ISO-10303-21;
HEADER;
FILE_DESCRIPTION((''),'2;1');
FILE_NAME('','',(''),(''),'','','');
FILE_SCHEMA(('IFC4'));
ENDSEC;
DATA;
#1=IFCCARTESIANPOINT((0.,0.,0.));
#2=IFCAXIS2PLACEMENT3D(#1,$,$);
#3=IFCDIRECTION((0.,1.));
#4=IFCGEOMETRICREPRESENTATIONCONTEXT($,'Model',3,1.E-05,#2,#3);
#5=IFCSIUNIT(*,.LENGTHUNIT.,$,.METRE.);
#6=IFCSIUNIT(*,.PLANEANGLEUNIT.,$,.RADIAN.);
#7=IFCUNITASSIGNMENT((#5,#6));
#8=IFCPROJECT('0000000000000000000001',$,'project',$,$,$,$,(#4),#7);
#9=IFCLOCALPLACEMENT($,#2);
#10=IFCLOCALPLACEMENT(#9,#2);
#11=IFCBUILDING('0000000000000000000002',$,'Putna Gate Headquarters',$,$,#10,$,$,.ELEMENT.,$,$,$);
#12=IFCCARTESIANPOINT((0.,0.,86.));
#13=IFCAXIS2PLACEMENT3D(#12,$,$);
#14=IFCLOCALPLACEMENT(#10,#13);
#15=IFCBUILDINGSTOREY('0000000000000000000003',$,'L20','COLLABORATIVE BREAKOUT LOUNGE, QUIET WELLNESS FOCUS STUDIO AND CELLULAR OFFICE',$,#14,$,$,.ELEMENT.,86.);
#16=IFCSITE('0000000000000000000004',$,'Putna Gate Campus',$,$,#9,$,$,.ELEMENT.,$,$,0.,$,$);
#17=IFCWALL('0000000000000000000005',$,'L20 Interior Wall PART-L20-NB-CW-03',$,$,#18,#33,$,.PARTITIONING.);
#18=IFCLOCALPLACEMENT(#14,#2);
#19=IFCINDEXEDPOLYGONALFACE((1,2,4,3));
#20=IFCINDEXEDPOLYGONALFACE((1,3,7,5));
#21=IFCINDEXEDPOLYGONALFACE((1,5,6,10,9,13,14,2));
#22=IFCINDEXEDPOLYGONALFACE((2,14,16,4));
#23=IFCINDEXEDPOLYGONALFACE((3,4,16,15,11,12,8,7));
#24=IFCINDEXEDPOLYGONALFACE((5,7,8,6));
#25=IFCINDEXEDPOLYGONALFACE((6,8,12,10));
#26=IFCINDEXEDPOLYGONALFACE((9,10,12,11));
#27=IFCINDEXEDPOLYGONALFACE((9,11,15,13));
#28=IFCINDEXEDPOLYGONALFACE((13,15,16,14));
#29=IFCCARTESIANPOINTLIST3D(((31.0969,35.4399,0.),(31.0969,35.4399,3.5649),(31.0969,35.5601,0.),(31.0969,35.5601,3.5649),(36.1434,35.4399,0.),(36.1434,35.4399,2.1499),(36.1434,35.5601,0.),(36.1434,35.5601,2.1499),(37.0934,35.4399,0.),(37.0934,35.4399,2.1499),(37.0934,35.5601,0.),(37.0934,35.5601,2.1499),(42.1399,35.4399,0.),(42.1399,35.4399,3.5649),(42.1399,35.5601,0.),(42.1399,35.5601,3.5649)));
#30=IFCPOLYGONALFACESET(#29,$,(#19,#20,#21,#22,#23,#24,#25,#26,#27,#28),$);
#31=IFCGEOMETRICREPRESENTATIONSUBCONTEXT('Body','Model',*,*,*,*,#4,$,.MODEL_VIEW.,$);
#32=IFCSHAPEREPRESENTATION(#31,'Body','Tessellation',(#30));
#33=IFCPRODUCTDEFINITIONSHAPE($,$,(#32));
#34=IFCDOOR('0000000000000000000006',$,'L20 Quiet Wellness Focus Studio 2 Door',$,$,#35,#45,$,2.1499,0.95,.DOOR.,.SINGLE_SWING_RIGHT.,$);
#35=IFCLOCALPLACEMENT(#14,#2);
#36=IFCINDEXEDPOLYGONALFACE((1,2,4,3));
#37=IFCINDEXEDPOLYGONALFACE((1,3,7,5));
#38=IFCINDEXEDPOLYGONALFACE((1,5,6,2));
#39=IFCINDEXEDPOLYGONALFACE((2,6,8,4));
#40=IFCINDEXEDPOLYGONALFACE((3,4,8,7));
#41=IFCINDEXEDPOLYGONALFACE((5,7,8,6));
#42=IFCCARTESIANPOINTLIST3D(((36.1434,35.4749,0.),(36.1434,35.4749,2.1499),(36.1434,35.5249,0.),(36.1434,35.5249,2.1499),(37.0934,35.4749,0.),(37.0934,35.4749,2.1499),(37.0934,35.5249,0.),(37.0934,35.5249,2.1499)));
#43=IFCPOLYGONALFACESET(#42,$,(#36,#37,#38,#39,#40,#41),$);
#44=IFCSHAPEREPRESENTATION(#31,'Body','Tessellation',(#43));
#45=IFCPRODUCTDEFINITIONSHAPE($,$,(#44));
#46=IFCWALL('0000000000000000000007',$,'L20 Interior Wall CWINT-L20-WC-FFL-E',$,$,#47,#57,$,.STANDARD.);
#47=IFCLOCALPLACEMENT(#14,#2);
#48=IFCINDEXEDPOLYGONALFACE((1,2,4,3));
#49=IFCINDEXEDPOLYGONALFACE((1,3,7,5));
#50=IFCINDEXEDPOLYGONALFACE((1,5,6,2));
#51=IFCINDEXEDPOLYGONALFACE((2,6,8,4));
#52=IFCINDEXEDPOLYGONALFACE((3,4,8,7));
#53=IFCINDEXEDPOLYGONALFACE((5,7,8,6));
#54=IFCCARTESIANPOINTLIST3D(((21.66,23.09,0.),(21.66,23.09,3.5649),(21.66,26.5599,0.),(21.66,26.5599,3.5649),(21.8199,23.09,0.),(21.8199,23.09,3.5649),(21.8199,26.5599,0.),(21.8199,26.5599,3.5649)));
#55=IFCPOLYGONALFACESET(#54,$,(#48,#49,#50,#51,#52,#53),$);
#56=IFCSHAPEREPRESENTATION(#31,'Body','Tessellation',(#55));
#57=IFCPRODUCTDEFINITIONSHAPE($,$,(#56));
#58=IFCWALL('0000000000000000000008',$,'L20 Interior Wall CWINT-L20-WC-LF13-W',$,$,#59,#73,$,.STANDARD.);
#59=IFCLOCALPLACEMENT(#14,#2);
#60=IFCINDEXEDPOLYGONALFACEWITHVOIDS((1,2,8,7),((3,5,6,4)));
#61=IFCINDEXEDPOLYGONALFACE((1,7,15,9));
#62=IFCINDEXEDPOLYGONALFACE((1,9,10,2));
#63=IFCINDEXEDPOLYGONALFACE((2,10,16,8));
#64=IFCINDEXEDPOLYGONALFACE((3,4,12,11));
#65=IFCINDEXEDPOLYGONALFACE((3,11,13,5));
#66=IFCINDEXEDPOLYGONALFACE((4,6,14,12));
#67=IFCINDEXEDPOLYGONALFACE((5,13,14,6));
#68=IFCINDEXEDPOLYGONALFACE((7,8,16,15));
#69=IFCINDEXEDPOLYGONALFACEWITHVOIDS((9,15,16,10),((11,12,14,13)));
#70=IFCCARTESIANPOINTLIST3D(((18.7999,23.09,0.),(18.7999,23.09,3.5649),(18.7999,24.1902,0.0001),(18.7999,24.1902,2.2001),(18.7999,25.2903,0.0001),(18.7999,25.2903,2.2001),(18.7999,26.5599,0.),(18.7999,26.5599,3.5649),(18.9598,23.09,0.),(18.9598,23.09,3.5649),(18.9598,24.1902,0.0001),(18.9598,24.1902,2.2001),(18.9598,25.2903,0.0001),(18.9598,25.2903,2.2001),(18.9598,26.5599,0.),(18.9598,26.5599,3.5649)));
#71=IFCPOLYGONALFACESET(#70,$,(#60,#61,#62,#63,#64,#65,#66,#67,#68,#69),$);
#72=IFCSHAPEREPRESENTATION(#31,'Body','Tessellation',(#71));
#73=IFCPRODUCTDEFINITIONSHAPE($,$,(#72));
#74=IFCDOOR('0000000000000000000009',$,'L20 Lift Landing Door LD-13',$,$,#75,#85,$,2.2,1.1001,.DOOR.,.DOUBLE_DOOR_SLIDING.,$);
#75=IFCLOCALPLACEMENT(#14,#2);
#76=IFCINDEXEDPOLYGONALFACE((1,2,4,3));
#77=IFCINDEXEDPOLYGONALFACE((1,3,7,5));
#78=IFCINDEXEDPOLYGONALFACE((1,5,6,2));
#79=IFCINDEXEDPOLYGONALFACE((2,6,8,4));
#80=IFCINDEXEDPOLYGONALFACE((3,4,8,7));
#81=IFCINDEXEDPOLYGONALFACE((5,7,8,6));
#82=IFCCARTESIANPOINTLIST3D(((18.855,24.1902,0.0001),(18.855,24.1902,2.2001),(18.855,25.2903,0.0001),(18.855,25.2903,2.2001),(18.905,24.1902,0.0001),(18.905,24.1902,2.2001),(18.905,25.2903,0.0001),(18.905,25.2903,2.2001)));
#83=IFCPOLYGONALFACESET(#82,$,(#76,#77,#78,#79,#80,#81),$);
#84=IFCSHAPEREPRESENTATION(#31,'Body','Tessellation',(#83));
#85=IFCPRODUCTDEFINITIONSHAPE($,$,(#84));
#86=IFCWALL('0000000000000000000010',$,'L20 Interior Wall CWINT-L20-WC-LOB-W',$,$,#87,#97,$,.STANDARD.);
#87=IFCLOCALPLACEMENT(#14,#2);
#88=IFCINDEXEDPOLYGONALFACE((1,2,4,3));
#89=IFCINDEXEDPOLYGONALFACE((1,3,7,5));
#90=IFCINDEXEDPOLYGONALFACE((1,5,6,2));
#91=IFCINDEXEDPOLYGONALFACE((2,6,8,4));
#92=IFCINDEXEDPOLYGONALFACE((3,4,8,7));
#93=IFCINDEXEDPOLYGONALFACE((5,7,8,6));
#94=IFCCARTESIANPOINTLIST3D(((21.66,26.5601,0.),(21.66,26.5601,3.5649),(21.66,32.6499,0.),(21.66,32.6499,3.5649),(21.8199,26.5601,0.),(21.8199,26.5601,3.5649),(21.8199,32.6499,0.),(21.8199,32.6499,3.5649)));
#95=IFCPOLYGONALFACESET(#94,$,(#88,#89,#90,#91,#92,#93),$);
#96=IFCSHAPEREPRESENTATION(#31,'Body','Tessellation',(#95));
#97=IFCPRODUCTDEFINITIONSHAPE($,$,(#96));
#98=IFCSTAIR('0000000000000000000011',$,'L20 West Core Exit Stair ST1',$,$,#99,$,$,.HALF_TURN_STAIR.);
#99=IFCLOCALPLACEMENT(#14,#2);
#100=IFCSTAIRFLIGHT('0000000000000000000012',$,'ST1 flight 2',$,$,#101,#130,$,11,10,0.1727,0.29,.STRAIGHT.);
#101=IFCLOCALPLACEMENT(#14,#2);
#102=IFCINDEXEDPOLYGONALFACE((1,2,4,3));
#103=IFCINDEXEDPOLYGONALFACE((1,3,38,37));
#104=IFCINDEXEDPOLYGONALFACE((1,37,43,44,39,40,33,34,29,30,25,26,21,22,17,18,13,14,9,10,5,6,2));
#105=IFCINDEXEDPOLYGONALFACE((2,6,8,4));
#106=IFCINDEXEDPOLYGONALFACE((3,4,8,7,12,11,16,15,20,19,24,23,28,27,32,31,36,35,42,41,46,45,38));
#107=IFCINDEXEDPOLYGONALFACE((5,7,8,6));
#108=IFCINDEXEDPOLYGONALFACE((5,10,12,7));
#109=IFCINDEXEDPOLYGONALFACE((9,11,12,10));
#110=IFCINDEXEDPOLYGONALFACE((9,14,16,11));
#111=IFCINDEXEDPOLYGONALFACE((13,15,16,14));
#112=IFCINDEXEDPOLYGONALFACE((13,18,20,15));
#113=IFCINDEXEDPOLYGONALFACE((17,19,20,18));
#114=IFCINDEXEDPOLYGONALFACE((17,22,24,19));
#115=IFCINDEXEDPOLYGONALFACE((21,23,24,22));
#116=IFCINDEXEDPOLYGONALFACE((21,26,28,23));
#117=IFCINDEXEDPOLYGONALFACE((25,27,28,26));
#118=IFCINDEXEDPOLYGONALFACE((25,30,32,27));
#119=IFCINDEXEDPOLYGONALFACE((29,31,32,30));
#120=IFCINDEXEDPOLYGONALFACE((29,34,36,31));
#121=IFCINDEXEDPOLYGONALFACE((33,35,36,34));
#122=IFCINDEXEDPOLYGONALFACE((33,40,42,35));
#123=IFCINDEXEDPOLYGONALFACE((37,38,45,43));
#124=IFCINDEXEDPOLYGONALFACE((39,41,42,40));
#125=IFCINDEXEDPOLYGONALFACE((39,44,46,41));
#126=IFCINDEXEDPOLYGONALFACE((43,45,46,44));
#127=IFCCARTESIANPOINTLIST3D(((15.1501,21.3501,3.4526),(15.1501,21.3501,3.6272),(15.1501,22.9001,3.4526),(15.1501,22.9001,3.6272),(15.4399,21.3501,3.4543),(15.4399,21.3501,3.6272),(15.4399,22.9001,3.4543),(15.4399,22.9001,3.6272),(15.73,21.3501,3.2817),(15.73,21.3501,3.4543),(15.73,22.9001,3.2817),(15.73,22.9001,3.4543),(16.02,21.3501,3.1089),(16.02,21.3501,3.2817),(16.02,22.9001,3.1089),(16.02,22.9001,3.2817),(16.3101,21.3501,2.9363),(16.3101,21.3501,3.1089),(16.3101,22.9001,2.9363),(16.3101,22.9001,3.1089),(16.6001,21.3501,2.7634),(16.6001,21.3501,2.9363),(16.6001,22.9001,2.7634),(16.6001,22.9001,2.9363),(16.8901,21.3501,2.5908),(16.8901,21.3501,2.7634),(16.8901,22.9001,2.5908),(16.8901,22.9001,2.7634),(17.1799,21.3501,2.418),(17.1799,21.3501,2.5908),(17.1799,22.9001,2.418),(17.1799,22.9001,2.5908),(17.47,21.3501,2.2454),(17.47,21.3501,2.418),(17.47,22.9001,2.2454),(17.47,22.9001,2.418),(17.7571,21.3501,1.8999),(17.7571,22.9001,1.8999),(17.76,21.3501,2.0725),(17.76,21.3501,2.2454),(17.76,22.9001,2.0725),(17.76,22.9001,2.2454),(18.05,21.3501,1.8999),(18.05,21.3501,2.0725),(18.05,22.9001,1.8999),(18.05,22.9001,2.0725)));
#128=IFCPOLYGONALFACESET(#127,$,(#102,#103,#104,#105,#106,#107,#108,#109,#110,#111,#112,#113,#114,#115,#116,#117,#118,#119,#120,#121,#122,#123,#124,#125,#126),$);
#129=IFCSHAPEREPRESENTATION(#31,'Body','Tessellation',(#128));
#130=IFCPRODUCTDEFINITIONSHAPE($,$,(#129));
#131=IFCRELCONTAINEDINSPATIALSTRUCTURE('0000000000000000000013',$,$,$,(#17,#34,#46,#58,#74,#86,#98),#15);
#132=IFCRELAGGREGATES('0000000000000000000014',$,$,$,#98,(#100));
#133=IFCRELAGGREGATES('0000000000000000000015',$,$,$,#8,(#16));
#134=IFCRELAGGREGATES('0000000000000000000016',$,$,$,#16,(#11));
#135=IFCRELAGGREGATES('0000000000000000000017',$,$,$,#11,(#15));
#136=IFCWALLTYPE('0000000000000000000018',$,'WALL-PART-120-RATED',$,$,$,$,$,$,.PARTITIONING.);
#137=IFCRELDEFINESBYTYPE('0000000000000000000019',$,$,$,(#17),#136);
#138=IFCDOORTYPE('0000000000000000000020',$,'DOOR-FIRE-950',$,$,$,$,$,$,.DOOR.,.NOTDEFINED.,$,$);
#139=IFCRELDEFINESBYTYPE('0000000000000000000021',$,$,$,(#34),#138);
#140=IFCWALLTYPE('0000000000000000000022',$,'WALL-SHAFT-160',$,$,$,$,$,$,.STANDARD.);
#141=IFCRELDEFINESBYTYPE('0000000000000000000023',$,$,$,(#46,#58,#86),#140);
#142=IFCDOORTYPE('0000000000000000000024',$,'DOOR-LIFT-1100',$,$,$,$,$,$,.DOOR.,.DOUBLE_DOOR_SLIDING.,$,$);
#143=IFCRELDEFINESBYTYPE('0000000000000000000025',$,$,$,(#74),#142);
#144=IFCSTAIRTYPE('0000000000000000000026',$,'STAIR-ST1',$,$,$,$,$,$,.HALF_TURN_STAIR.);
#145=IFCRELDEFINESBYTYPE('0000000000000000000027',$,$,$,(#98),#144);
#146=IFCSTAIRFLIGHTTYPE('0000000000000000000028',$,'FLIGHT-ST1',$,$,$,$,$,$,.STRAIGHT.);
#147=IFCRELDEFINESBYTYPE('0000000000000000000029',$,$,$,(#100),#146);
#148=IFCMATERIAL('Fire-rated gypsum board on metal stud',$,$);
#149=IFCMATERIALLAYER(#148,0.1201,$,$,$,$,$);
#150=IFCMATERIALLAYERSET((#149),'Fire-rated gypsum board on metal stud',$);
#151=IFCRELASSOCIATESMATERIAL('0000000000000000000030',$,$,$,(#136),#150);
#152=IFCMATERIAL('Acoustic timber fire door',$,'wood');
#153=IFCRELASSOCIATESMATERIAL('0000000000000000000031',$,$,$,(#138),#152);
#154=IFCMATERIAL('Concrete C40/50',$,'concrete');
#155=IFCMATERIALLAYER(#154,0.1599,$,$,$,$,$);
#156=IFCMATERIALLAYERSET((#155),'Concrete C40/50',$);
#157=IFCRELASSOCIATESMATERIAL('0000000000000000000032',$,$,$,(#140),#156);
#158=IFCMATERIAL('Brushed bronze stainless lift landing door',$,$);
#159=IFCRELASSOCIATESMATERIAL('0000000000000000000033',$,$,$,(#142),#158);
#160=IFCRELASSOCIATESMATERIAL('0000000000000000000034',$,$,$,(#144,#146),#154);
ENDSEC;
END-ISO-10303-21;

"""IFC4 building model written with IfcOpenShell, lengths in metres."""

from ifc_helpers import new_model, si_unit, direction, frame, frame_2d, origin, place, context, subcontext, project, spatial, polyline, rectangle, outline, extrude, material, layer, layer_set, type_object, element, fill, aggregate, save


model = new_model("IFC4")

# Units and contexts
model_context = context("Model", 3, precision=1e-05, world=origin(), true_north=direction((0.0, 1.0)))
body_context = subcontext(model_context, "Body", "Model", "MODEL_VIEW")
ifc_project = project(units=[si_unit("LENGTHUNIT", "METRE"), si_unit("PLANEANGLEUNIT", "RADIAN")], contexts=[model_context])

# Site, building, storey
site_placement = place(None, origin())
site = spatial("IfcSite", under=ifc_project, at=site_placement, Name="Putna Gate Campus", CompositionType="ELEMENT", RefElevation=0.0)
building_placement = place(site_placement, origin())
building = spatial("IfcBuilding", under=site, at=building_placement, Name="Putna Gate Headquarters", CompositionType="ELEMENT")
storey_placement = place(building_placement, frame((0.0, 0.0, 86.0)))
storey = spatial("IfcBuildingStorey", under=building, at=storey_placement, Name="L20", Description="COLLABORATIVE BREAKOUT LOUNGE, QUIET WELLNESS FOCUS STUDIO AND CELLULAR OFFICE", CompositionType="ELEMENT", Elevation=86.0)

# Shared definitions
ifc_material_1 = material(Name="Fire-rated gypsum board on metal stud")
ifc_layer_1 = layer(ifc_material_1, 0.1201)
ifc_layer_set_1 = layer_set([ifc_layer_1], Name="Fire-rated gypsum board on metal stud")
wall_type_1 = type_object("IfcWallType", Name="WALL-PART-120-RATED", PredefinedType="PARTITIONING", material=ifc_layer_set_1)

# Wall, opening, door
wall_1_placement = place(storey_placement, frame((31.0969, 35.5, 0.0), z_axis=(0.0, 0.0, 1.0), x_axis=(1.0, 0.0, 0.0)))
wall_1 = element("IfcWall", 1, at=wall_1_placement, inside=storey, type_object=wall_type_1, Name="L20 Interior Wall PART-L20-NB-CW-03", PredefinedType="PARTITIONING", context=body_context, shape_type="SweptSolid", body=[
    extrude(rectangle(XDim=11.043, YDim=0.1201, at=frame_2d((5.5215, 0.0))), origin(), (0.0, 0.0, 1.0), 3.5649),
])
opening_1_placement = place(wall_1_placement, frame((5.0464, 0.0, 0.0)))
opening_1 = element("IfcOpeningElement", 2, at=opening_1_placement, cuts=wall_1, PredefinedType="OPENING", context=body_context, shape_type="SweptSolid", body=[
    extrude(rectangle(XDim=0.95, YDim=2.1499, at=frame_2d((0.4751, 1.075))), frame((0.0, 0.0701, 0.0), z_axis=(0.0, -1.0, 0.0), x_axis=(1.0, 0.0, 0.0)), (0.0, 0.0, 1.0), 0.1401),
])
ifc_material_2 = material(Name="Acoustic timber fire door", Category="wood")
door_type_1 = type_object("IfcDoorType", Name="DOOR-FIRE-950", OperationType="NOTDEFINED", PredefinedType="DOOR", material=ifc_material_2)
door_1_placement = place(opening_1_placement, origin())
door_1 = element("IfcDoor", 3, at=door_1_placement, inside=storey, type_object=door_type_1, Name="L20 Quiet Wellness Focus Studio 2 Door", OperationType="SINGLE_SWING_RIGHT", OverallHeight=2.1499, OverallWidth=0.95, PredefinedType="DOOR", context=body_context, shape_type="SweptSolid", body=[
    extrude(rectangle(XDim=0.95, YDim=2.1499, at=frame_2d((0.4751, 1.075))), frame((0.0, 0.0249, 0.0), z_axis=(0.0, -1.0, 0.0), x_axis=(1.0, 0.0, 0.0)), (0.0, 0.0, 1.0), 0.05),
])
fill(opening_1, door_1)

# Wall
ifc_material_3 = material(Name="Concrete C40/50", Category="concrete")
ifc_layer_2 = layer(ifc_material_3, 0.1599)
ifc_layer_set_2 = layer_set([ifc_layer_2], Name="Concrete C40/50")
wall_type_2 = type_object("IfcWallType", Name="WALL-SHAFT-160", PredefinedType="STANDARD", material=ifc_layer_set_2)
wall_2_placement = place(storey_placement, frame((21.74, 23.0901, 0.0), z_axis=(0.0, 0.0, 1.0), x_axis=(0.0, 1.0, 0.0)))
element("IfcWall", 4, at=wall_2_placement, inside=storey, type_object=wall_type_2, Name="L20 Interior Wall CWINT-L20-WC-FFL-E", PredefinedType="STANDARD", context=body_context, shape_type="SweptSolid", body=[
    extrude(rectangle(XDim=3.47, YDim=0.1599, at=frame_2d((1.7349, 0.0))), origin(), (0.0, 0.0, 1.0), 3.5649),
])

# Wall, opening, door
wall_3_placement = place(storey_placement, frame((18.8799, 23.0901, 0.0), z_axis=(0.0, 0.0, 1.0), x_axis=(0.0, 1.0, 0.0)))
wall_3 = element("IfcWall", 5, at=wall_3_placement, inside=storey, type_object=wall_type_2, Name="L20 Interior Wall CWINT-L20-WC-LF13-W", PredefinedType="STANDARD", context=body_context, shape_type="SweptSolid", body=[
    extrude(rectangle(XDim=3.47, YDim=0.1599, at=frame_2d((1.7349, 0.0))), origin(), (0.0, 0.0, 1.0), 3.5649),
])
opening_2_placement = place(wall_3_placement, frame((1.1001, 0.0, 0.0)))
opening_2 = element("IfcOpeningElement", 6, at=opening_2_placement, cuts=wall_3, PredefinedType="OPENING", context=body_context, shape_type="SweptSolid", body=[
    extrude(rectangle(XDim=1.1001, YDim=2.2, at=frame_2d((0.55, 1.1001))), frame((0.0, 0.0898, 0.0), z_axis=(0.0, -1.0, 0.0), x_axis=(1.0, 0.0, 0.0)), (0.0, 0.0, 1.0), 0.1799),
])
ifc_material_4 = material(Name="Brushed bronze stainless lift landing door")
door_type_2 = type_object("IfcDoorType", Name="DOOR-LIFT-1100", OperationType="DOUBLE_DOOR_SLIDING", PredefinedType="DOOR", material=ifc_material_4)
door_2_placement = place(opening_2_placement, origin())
door_2 = element("IfcDoor", 7, at=door_2_placement, inside=storey, type_object=door_type_2, Name="L20 Lift Landing Door LD-13", OperationType="DOUBLE_DOOR_SLIDING", OverallHeight=2.2, OverallWidth=1.1001, PredefinedType="DOOR", context=body_context, shape_type="SweptSolid", body=[
    extrude(rectangle(XDim=1.1001, YDim=2.2, at=frame_2d((0.55, 1.1001))), frame((0.0, 0.0249, 0.0), z_axis=(0.0, -1.0, 0.0), x_axis=(1.0, 0.0, 0.0)), (0.0, 0.0, 1.0), 0.05),
])
fill(opening_2, door_2)

# Wall
wall_4_placement = place(storey_placement, frame((21.74, 26.5601, 0.0), z_axis=(0.0, 0.0, 1.0), x_axis=(0.0, 1.0, 0.0)))
element("IfcWall", 8, at=wall_4_placement, inside=storey, type_object=wall_type_2, Name="L20 Interior Wall CWINT-L20-WC-LOB-W", PredefinedType="STANDARD", context=body_context, shape_type="SweptSolid", body=[
    extrude(rectangle(XDim=6.0898, YDim=0.1599, at=frame_2d((3.0449, 0.0))), origin(), (0.0, 0.0, 1.0), 3.5649),
])

# Stair, stair flight
stair_type = type_object("IfcStairType", Name="STAIR-ST1", PredefinedType="HALF_TURN_STAIR", material=ifc_material_3)
stair_placement = place(storey_placement, origin())
stair = element("IfcStair", 9, at=stair_placement, inside=storey, type_object=stair_type, Name="L20 West Core Exit Stair ST1", PredefinedType="HALF_TURN_STAIR")
stair_flight_type = type_object("IfcStairFlightType", Name="FLIGHT-ST1", PredefinedType="STRAIGHT", material=ifc_material_3)
stair_flight_placement = place(storey_placement, frame((18.05, 22.125, 1.8999), z_axis=(0.0, 0.0, 1.0), x_axis=(-1.0, 0.0, 0.0)))
stair_flight = element("IfcStairFlight", 10, at=stair_flight_placement, type_object=stair_flight_type, Name="ST1 flight 2", NumberOfRisers=11, NumberOfTreads=10, PredefinedType="STRAIGHT", RiserHeight=0.1727, TreadLength=0.29, context=body_context, shape_type="SweptSolid", body=[
    extrude(outline(polyline([(0.0, 0.0), (0.0, 0.1726), (0.29, 0.1726), (0.29, 0.3455), (0.5801, 0.3455), (0.5801, 0.5181), (0.8701, 0.5181), (0.8701, 0.6909), (1.1599, 0.6909), (1.1599, 0.8635), (1.45, 0.8635), (1.45, 1.0364), (1.74, 1.0364), (1.74, 1.209), (2.03, 1.209), (2.03, 1.3818), (2.3201, 1.3818), (2.3201, 1.5544), (2.6101, 1.5544), (2.6101, 1.7273), (2.8999, 1.7273), (2.8999, 1.8999), (2.8999, 1.5527), (0.293, 0.0), (0.0, 0.0)])), frame((0.0, 0.7749, 0.0), z_axis=(0.0, -1.0, 0.0), x_axis=(1.0, 0.0, 0.0)), (0.0, 0.0, 1.0), 1.55),
])
aggregate(stair, [stair_flight])

save(model, "model.ifc")
